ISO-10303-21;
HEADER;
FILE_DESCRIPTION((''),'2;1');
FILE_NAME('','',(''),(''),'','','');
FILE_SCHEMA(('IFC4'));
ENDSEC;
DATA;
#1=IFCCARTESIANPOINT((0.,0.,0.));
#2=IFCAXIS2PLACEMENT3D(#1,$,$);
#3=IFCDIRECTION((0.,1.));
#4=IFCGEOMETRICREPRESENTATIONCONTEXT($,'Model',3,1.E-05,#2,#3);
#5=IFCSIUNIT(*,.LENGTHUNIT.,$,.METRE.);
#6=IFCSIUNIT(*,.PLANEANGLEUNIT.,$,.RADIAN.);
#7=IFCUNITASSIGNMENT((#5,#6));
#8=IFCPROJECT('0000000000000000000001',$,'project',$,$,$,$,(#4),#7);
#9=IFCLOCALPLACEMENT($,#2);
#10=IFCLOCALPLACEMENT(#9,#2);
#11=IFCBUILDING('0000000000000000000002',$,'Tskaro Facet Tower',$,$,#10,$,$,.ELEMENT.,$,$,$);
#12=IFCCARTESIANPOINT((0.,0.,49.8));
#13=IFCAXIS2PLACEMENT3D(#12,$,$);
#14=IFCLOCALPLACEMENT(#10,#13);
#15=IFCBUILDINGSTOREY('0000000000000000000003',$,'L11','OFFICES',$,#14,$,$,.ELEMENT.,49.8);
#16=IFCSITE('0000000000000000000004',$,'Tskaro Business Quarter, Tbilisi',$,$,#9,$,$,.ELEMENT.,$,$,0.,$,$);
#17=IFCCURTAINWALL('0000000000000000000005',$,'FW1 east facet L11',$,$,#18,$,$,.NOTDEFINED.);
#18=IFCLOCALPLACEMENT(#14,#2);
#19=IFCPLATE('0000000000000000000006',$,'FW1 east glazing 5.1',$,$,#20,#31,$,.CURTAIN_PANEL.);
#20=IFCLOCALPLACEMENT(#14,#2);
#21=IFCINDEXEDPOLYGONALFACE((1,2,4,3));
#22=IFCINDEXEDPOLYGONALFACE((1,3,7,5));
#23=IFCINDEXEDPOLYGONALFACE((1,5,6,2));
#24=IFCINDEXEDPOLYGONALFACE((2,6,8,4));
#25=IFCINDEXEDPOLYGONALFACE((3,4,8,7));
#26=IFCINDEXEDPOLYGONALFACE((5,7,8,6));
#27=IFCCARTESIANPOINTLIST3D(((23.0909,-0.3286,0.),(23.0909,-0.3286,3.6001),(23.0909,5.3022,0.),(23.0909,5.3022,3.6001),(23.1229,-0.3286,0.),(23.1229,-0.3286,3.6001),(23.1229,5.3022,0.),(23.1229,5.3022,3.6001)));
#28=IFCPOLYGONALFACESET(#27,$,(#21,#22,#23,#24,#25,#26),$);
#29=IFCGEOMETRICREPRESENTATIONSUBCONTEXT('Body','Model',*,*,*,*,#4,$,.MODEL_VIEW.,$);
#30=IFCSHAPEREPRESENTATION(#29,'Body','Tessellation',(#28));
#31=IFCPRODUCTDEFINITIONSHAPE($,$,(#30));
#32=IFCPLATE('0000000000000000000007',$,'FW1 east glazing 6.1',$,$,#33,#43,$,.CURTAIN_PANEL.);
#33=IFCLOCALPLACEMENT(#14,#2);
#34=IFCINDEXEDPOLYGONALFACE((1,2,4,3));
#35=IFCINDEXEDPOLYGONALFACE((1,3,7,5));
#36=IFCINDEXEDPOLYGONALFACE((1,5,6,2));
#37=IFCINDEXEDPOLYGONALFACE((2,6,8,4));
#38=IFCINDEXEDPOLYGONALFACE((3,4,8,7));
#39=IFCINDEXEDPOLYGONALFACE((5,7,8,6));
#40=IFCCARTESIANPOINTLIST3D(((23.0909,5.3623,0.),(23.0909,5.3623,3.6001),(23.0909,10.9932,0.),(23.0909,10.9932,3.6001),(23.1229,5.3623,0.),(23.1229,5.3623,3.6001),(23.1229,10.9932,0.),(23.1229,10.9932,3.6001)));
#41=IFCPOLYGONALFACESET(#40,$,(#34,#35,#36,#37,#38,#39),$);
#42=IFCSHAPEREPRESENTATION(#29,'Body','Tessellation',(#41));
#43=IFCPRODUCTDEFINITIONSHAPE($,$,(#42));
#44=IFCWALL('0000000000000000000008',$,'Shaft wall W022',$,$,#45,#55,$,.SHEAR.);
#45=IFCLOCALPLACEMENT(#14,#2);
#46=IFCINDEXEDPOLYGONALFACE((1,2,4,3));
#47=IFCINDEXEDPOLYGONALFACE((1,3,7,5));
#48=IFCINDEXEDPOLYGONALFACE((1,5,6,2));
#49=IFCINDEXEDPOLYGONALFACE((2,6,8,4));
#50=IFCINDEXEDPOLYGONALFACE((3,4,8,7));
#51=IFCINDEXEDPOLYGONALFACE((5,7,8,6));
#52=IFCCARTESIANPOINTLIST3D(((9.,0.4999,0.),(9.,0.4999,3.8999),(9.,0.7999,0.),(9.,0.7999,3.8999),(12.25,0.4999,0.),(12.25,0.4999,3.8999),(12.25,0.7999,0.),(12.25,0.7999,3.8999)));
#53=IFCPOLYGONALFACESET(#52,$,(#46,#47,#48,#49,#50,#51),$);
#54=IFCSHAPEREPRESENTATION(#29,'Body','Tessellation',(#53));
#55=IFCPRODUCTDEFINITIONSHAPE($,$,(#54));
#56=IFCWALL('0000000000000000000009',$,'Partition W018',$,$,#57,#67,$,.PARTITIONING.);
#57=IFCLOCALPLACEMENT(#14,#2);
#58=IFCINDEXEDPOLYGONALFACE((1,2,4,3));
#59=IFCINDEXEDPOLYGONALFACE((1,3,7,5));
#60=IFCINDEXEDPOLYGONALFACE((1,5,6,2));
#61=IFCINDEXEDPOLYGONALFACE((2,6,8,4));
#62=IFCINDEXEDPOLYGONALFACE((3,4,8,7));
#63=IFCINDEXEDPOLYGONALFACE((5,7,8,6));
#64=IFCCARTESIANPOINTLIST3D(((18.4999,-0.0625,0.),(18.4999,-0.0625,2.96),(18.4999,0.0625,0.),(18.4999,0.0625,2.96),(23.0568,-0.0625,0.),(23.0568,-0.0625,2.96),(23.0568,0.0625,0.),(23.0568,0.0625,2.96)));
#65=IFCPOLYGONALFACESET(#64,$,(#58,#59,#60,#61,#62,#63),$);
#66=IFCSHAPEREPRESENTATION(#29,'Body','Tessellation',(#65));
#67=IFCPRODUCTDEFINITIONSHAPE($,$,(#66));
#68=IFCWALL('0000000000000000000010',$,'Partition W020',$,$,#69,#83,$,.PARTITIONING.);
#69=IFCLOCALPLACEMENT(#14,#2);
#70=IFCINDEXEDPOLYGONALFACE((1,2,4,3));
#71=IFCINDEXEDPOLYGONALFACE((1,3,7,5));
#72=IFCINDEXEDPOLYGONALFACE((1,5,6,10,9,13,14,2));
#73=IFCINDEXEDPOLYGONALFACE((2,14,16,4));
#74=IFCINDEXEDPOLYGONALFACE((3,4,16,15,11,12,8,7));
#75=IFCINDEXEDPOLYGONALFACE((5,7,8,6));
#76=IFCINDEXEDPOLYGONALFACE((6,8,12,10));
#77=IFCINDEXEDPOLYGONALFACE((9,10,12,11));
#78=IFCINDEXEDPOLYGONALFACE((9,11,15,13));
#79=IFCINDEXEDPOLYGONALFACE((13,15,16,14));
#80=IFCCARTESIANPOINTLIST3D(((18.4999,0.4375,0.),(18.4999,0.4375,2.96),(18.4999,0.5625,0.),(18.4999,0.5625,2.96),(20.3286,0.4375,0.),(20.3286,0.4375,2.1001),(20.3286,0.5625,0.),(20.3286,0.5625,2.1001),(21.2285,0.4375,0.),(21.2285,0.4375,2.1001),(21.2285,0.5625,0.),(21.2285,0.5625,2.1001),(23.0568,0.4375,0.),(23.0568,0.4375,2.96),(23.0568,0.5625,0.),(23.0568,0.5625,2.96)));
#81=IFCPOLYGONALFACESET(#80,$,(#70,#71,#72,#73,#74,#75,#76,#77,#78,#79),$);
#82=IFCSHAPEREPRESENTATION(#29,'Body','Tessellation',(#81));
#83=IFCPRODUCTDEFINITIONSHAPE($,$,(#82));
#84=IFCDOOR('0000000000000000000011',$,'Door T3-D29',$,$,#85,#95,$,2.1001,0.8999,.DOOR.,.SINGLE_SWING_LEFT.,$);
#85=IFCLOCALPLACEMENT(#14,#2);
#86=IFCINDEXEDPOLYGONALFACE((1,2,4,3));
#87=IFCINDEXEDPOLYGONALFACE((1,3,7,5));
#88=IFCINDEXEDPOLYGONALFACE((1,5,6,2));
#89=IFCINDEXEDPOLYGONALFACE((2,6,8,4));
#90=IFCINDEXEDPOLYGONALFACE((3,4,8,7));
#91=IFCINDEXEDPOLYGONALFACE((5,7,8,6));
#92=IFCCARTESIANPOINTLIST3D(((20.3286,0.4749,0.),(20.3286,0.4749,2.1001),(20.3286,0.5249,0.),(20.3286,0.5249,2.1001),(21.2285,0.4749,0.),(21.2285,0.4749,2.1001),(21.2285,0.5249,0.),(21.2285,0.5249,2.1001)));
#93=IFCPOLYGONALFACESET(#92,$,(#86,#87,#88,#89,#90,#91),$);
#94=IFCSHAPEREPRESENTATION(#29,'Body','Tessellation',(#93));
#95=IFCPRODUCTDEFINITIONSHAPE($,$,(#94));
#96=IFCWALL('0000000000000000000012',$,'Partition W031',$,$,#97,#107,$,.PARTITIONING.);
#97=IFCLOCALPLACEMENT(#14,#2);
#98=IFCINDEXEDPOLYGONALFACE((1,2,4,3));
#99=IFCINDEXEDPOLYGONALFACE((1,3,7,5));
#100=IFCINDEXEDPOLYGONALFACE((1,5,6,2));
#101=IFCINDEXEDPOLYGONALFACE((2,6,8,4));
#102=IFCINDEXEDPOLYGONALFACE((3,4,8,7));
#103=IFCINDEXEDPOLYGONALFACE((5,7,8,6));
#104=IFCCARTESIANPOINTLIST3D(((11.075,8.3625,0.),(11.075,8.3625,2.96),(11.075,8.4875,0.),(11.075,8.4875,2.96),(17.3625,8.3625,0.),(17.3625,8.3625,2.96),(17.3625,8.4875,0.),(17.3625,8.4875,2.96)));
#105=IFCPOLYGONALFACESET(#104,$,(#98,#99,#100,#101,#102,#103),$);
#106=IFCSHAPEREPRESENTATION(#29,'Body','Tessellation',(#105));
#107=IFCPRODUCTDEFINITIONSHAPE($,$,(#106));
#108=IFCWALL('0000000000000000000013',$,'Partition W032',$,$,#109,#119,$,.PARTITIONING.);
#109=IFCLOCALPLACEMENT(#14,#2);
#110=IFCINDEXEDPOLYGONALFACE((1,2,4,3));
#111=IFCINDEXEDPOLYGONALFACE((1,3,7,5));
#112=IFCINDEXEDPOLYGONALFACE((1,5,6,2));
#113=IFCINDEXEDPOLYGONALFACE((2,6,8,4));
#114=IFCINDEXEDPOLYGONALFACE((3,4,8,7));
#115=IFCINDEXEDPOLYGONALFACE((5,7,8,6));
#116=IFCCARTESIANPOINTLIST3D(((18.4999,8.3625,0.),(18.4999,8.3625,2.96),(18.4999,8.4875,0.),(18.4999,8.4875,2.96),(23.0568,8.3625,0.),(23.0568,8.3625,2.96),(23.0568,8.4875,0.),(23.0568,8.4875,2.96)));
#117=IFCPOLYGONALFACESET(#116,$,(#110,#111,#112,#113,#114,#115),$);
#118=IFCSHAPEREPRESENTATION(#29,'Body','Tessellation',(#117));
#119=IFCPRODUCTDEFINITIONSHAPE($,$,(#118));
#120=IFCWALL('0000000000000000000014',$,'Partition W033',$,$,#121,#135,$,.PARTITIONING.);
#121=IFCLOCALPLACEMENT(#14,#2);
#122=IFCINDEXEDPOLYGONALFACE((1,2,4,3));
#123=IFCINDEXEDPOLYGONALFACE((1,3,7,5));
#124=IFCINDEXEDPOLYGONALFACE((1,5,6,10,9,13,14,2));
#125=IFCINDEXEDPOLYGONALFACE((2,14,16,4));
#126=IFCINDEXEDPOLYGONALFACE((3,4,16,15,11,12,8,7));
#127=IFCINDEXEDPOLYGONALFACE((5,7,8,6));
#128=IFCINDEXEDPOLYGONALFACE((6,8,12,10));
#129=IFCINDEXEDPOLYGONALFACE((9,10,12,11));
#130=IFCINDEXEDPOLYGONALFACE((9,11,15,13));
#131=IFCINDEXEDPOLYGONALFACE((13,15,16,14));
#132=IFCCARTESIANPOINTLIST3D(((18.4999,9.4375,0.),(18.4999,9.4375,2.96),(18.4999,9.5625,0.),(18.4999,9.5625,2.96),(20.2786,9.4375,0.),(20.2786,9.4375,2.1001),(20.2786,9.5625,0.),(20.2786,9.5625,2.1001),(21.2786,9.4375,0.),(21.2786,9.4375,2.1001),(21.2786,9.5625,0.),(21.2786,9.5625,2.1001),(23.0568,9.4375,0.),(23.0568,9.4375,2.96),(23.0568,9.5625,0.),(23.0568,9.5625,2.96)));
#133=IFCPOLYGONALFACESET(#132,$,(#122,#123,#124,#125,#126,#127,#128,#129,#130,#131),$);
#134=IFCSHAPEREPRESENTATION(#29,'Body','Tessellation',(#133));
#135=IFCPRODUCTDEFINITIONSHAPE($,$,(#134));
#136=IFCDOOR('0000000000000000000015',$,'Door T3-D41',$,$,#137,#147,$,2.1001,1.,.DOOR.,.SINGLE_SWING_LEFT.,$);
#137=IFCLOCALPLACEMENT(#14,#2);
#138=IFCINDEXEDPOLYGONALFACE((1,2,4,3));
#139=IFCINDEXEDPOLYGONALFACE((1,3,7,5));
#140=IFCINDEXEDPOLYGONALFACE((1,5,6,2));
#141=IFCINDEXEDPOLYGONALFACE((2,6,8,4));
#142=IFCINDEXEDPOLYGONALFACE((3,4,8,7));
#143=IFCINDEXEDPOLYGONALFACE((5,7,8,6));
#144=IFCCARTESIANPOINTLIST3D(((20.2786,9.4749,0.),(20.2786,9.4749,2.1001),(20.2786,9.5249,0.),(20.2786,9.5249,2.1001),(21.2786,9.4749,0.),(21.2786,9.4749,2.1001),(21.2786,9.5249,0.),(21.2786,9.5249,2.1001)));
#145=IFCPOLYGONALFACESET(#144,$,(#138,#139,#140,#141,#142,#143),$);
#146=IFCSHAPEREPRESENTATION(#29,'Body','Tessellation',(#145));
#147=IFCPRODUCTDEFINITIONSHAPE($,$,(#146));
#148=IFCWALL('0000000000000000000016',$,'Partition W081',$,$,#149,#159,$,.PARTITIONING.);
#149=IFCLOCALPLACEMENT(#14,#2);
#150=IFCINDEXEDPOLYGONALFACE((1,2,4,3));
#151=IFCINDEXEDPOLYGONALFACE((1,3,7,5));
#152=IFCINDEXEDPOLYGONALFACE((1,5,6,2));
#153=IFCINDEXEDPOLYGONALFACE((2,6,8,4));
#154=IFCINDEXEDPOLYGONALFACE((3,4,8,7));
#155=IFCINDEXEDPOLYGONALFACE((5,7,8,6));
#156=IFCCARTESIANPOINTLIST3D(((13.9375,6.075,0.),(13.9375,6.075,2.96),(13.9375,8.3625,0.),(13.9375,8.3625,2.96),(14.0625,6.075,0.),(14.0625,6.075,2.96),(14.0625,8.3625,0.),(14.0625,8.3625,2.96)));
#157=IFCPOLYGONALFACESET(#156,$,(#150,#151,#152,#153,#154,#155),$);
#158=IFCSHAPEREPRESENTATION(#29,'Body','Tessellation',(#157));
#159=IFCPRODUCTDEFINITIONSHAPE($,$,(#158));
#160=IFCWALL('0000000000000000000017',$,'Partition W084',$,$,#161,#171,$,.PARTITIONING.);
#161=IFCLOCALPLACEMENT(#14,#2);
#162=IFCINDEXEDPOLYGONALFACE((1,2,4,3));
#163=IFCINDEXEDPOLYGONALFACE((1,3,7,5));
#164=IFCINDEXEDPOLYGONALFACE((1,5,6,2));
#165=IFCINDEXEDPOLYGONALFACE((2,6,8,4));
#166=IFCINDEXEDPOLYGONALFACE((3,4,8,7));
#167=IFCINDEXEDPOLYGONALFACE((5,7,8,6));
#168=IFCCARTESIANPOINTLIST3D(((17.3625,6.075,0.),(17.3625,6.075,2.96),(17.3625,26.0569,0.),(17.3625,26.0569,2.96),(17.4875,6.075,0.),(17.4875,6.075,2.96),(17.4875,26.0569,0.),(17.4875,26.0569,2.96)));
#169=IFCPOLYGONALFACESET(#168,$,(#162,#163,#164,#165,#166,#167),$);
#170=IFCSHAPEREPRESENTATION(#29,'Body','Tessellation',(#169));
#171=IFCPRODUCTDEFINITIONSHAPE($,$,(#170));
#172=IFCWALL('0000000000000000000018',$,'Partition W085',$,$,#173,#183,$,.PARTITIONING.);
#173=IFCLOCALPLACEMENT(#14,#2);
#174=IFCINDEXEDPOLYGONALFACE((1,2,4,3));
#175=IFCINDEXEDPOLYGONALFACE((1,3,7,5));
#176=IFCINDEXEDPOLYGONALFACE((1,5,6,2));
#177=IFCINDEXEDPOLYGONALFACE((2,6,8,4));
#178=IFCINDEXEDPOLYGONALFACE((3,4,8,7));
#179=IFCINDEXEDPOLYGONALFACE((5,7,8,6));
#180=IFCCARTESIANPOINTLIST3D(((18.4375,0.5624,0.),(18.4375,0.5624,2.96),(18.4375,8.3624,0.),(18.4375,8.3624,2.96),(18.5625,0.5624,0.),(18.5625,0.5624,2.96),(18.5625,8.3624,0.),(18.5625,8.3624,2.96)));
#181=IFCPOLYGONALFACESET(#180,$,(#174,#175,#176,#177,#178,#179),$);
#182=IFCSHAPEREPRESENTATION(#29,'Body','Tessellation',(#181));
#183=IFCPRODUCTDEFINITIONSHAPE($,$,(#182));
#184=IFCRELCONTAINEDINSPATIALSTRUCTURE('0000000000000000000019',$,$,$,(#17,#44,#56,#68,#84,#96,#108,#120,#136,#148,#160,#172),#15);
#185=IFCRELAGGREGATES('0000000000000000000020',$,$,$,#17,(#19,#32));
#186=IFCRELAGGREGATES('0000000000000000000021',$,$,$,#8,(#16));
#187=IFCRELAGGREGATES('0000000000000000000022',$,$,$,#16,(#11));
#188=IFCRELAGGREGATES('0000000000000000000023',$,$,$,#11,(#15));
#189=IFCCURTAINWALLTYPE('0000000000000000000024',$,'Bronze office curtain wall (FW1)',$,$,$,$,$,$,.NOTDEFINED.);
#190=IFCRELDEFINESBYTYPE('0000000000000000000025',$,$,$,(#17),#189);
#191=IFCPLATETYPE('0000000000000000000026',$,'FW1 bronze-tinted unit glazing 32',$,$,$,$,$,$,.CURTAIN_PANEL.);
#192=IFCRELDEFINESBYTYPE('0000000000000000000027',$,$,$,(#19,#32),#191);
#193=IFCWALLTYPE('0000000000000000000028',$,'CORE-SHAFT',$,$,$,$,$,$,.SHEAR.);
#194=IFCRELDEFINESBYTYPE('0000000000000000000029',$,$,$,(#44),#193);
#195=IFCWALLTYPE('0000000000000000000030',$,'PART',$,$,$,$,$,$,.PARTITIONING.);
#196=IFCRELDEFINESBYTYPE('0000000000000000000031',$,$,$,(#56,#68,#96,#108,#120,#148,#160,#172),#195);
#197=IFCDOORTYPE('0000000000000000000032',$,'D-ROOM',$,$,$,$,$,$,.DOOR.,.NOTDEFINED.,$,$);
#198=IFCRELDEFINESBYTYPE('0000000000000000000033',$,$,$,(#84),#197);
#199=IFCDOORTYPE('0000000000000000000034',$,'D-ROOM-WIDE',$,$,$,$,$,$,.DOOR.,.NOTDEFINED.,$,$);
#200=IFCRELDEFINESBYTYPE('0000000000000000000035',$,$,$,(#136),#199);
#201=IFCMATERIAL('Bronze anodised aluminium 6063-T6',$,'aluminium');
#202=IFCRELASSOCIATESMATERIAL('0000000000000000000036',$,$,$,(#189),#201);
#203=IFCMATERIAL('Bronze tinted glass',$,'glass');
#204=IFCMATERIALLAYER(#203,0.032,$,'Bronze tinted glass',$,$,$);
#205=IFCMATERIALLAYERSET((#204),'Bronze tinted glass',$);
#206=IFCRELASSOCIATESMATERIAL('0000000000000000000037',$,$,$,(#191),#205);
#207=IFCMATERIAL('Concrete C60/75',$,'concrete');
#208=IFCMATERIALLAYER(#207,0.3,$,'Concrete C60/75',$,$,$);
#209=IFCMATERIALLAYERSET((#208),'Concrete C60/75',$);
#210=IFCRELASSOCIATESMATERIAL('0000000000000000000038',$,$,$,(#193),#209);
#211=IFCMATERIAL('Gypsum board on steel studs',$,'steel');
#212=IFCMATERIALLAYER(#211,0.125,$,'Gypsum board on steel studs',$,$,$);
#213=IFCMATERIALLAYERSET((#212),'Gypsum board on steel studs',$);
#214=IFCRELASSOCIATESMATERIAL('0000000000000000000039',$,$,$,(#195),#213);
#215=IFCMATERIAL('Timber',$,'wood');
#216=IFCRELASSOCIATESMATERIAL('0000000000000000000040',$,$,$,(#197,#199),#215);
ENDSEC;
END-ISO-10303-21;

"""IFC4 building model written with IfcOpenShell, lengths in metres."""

from ifc_helpers import new_model, si_unit, direction, frame, frame_2d, origin, origin_2d, place, context, subcontext, project, spatial, rectangle, extrude, material, layer, layer_set, type_object, element, fill, aggregate, save


model = new_model("IFC4")

# Units and contexts
model_context = context("Model", 3, precision=1e-05, world=origin(), true_north=direction((0.0, 1.0)))
body_context = subcontext(model_context, "Body", "Model", "MODEL_VIEW")
ifc_project = project(units=[si_unit("LENGTHUNIT", "METRE"), si_unit("PLANEANGLEUNIT", "RADIAN")], contexts=[model_context])

# Site, building, storey
site_placement = place(None, origin())
site = spatial("IfcSite", under=ifc_project, at=site_placement, Name="Tskaro Business Quarter, Tbilisi", CompositionType="ELEMENT", RefElevation=0.0)
building_placement = place(site_placement, origin())
building = spatial("IfcBuilding", under=site, at=building_placement, Name="Tskaro Facet Tower", CompositionType="ELEMENT")
storey_placement = place(building_placement, frame((0.0, 0.0, 49.8)))
storey = spatial("IfcBuildingStorey", under=building, at=storey_placement, Name="L11", Description="OFFICES", CompositionType="ELEMENT", Elevation=49.8)

# Curtain wall
ifc_material_1 = material(Name="Bronze anodised aluminium 6063-T6", Category="aluminium")
curtain_wall_type = type_object("IfcCurtainWallType", Name="Bronze office curtain wall (FW1)", PredefinedType="NOTDEFINED", material=ifc_material_1)
curtain_wall_placement = place(storey_placement, origin())
curtain_wall = element("IfcCurtainWall", 1, at=curtain_wall_placement, inside=storey, type_object=curtain_wall_type, Name="FW1 east facet L11", PredefinedType="NOTDEFINED")

# Plates
ifc_material_2 = material(Name="Bronze tinted glass", Category="glass")
ifc_layer_1 = layer(ifc_material_2, 0.032, Name="Bronze tinted glass")
ifc_layer_set_1 = layer_set([ifc_layer_1], Name="Bronze tinted glass")
plate_type = type_object("IfcPlateType", Name="FW1 bronze-tinted unit glazing 32", PredefinedType="CURTAIN_PANEL", material=ifc_layer_set_1)
plate_1_placement = place(storey_placement, frame((23.1069, 2.4868, 0.0), z_axis=(0.0, 0.0, 1.0), x_axis=(0.0, 1.0, 0.0)))
plate_1 = element("IfcPlate", 2, at=plate_1_placement, type_object=plate_type, Name="FW1 east glazing 5.1", PredefinedType="CURTAIN_PANEL", context=body_context, shape_type="SweptSolid", body=[
    extrude(rectangle(XDim=5.6309, YDim=0.032, at=origin_2d()), origin(), (0.0, 0.0, 1.0), 3.6001),
])
plate_2_placement = place(storey_placement, frame((23.1069, 8.1777, 0.0), z_axis=(0.0, 0.0, 1.0), x_axis=(0.0, 1.0, 0.0)))
plate_2 = element("IfcPlate", 3, at=plate_2_placement, type_object=plate_type, Name="FW1 east glazing 6.1", PredefinedType="CURTAIN_PANEL", context=body_context, shape_type="SweptSolid", body=[
    extrude(rectangle(XDim=5.6309, YDim=0.032, at=origin_2d()), origin(), (0.0, 0.0, 1.0), 3.6001),
])
aggregate(curtain_wall, [plate_1, plate_2])

# Walls
ifc_material_3 = material(Name="Concrete C60/75", Category="concrete")
ifc_layer_2 = layer(ifc_material_3, 0.3, Name="Concrete C60/75")
ifc_layer_set_2 = layer_set([ifc_layer_2], Name="Concrete C60/75")
wall_type_1 = type_object("IfcWallType", Name="CORE-SHAFT", PredefinedType="SHEAR", material=ifc_layer_set_2)
wall_1_placement = place(storey_placement, frame((12.25, 0.6499, 0.0), z_axis=(0.0, 0.0, 1.0), x_axis=(-1.0, 0.0, 0.0)))
element("IfcWall", 4, at=wall_1_placement, inside=storey, type_object=wall_type_1, Name="Shaft wall W022", PredefinedType="SHEAR", context=body_context, shape_type="SweptSolid", body=[
    extrude(rectangle(XDim=3.25, YDim=0.3, at=frame_2d((1.625, 0.0))), origin(), (0.0, 0.0, 1.0), 3.8999),
])
ifc_material_4 = material(Name="Gypsum board on steel studs", Category="steel")
ifc_layer_3 = layer(ifc_material_4, 0.125, Name="Gypsum board on steel studs")
ifc_layer_set_3 = layer_set([ifc_layer_3], Name="Gypsum board on steel studs")
wall_type_2 = type_object("IfcWallType", Name="PART", PredefinedType="PARTITIONING", material=ifc_layer_set_3)
wall_2_placement = place(storey_placement, frame((18.5, 0.0, 0.0), z_axis=(0.0, 0.0, 1.0), x_axis=(1.0, 0.0, 0.0)))
element("IfcWall", 5, at=wall_2_placement, inside=storey, type_object=wall_type_2, Name="Partition W018", PredefinedType="PARTITIONING", context=body_context, shape_type="SweptSolid", body=[
    extrude(rectangle(XDim=4.5569, YDim=0.125, at=frame_2d((2.2783, 0.0))), origin(), (0.0, 0.0, 1.0), 2.96),
])

# Wall, opening, door
wall_3_placement = place(storey_placement, frame((18.5, 0.5, 0.0), z_axis=(0.0, 0.0, 1.0), x_axis=(1.0, 0.0, 0.0)))
wall_3 = element("IfcWall", 6, at=wall_3_placement, inside=storey, type_object=wall_type_2, Name="Partition W020", PredefinedType="PARTITIONING", context=body_context, shape_type="SweptSolid", body=[
    extrude(rectangle(XDim=4.5569, YDim=0.125, at=frame_2d((2.2783, 0.0))), origin(), (0.0, 0.0, 1.0), 2.96),
])
opening_1_placement = place(wall_3_placement, frame((1.8286, 0.0, 0.0)))
opening_1 = element("IfcOpeningElement", 7, at=opening_1_placement, cuts=wall_3, PredefinedType="OPENING", context=body_context, shape_type="SweptSolid", body=[
    extrude(rectangle(XDim=0.8999, YDim=2.1001, at=frame_2d((0.45, 1.05))), frame((0.0, 0.0725, 0.0), z_axis=(0.0, -1.0, 0.0), x_axis=(1.0, 0.0, 0.0)), (0.0, 0.0, 1.0), 0.145),
])
ifc_material_5 = material(Name="Timber", Category="wood")
door_type_1 = type_object("IfcDoorType", Name="D-ROOM", OperationType="NOTDEFINED", PredefinedType="DOOR", material=ifc_material_5)
door_1_placement = place(opening_1_placement, origin())
door_1 = element("IfcDoor", 8, at=door_1_placement, inside=storey, type_object=door_type_1, Name="Door T3-D29", OperationType="SINGLE_SWING_LEFT", OverallHeight=2.1001, OverallWidth=0.8999, PredefinedType="DOOR", context=body_context, shape_type="SweptSolid", body=[
    extrude(rectangle(XDim=0.8999, YDim=2.1001, at=frame_2d((0.45, 1.05))), frame((0.0, 0.0249, 0.0), z_axis=(0.0, -1.0, 0.0), x_axis=(1.0, 0.0, 0.0)), (0.0, 0.0, 1.0), 0.05),
])
fill(opening_1, door_1)

# Walls
wall_4_placement = place(storey_placement, frame((11.075, 8.425, 0.0), z_axis=(0.0, 0.0, 1.0), x_axis=(1.0, 0.0, 0.0)))
element("IfcWall", 9, at=wall_4_placement, inside=storey, type_object=wall_type_2, Name="Partition W031", PredefinedType="PARTITIONING", context=body_context, shape_type="SweptSolid", body=[
    extrude(rectangle(XDim=6.2876, YDim=0.125, at=frame_2d((3.1438, 0.0))), origin(), (0.0, 0.0, 1.0), 2.96),
])
wall_5_placement = place(storey_placement, frame((18.5, 8.425, 0.0), z_axis=(0.0, 0.0, 1.0), x_axis=(1.0, 0.0, 0.0)))
element("IfcWall", 10, at=wall_5_placement, inside=storey, type_object=wall_type_2, Name="Partition W032", PredefinedType="PARTITIONING", context=body_context, shape_type="SweptSolid", body=[
    extrude(rectangle(XDim=4.5569, YDim=0.125, at=frame_2d((2.2783, 0.0))), origin(), (0.0, 0.0, 1.0), 2.96),
])

# Wall, opening, door
wall_6_placement = place(storey_placement, frame((18.5, 9.5, 0.0), z_axis=(0.0, 0.0, 1.0), x_axis=(1.0, 0.0, 0.0)))
wall_6 = element("IfcWall", 11, at=wall_6_placement, inside=storey, type_object=wall_type_2, Name="Partition W033", PredefinedType="PARTITIONING", context=body_context, shape_type="SweptSolid", body=[
    extrude(rectangle(XDim=4.5569, YDim=0.125, at=frame_2d((2.2783, 0.0))), origin(), (0.0, 0.0, 1.0), 2.96),
])
opening_2_placement = place(wall_6_placement, frame((1.7786, 0.0, 0.0)))
opening_2 = element("IfcOpeningElement", 12, at=opening_2_placement, cuts=wall_6, PredefinedType="OPENING", context=body_context, shape_type="SweptSolid", body=[
    extrude(rectangle(XDim=1.0, YDim=2.1001, at=frame_2d((0.5, 1.05))), frame((0.0, 0.0725, 0.0), z_axis=(0.0, -1.0, 0.0), x_axis=(1.0, 0.0, 0.0)), (0.0, 0.0, 1.0), 0.145),
])
door_type_2 = type_object("IfcDoorType", Name="D-ROOM-WIDE", OperationType="NOTDEFINED", PredefinedType="DOOR", material=ifc_material_5)
door_2_placement = place(opening_2_placement, origin())
door_2 = element("IfcDoor", 13, at=door_2_placement, inside=storey, type_object=door_type_2, Name="Door T3-D41", OperationType="SINGLE_SWING_LEFT", OverallHeight=2.1001, OverallWidth=1.0, PredefinedType="DOOR", context=body_context, shape_type="SweptSolid", body=[
    extrude(rectangle(XDim=1.0, YDim=2.1001, at=frame_2d((0.5, 1.05))), frame((0.0, 0.0249, 0.0), z_axis=(0.0, -1.0, 0.0), x_axis=(1.0, 0.0, 0.0)), (0.0, 0.0, 1.0), 0.05),
])
fill(opening_2, door_2)

# Walls
wall_7_placement = place(storey_placement, frame((14.0, 6.075, 0.0), z_axis=(0.0, 0.0, 1.0), x_axis=(0.0, 1.0, 0.0)))
element("IfcWall", 14, at=wall_7_placement, inside=storey, type_object=wall_type_2, Name="Partition W081", PredefinedType="PARTITIONING", context=body_context, shape_type="SweptSolid", body=[
    extrude(rectangle(XDim=2.2876, YDim=0.125, at=frame_2d((1.1438, 0.0))), origin(), (0.0, 0.0, 1.0), 2.96),
])
wall_8_placement = place(storey_placement, frame((17.425, 6.075, 0.0), z_axis=(0.0, 0.0, 1.0), x_axis=(0.0, 1.0, 0.0)))
element("IfcWall", 15, at=wall_8_placement, inside=storey, type_object=wall_type_2, Name="Partition W084", PredefinedType="PARTITIONING", context=body_context, shape_type="SweptSolid", body=[
    extrude(rectangle(XDim=19.9819, YDim=0.125, at=frame_2d((9.991, 0.0))), origin(), (0.0, 0.0, 1.0), 2.96),
])
wall_9_placement = place(storey_placement, frame((18.5, 0.5625, 0.0), z_axis=(0.0, 0.0, 1.0), x_axis=(0.0, 1.0, 0.0)))
element("IfcWall", 16, at=wall_9_placement, inside=storey, type_object=wall_type_2, Name="Partition W085", PredefinedType="PARTITIONING", context=body_context, shape_type="SweptSolid", body=[
    extrude(rectangle(XDim=7.8, YDim=0.125, at=frame_2d((3.8999, 0.0))), origin(), (0.0, 0.0, 1.0), 2.96),
])

save(model, "model.ifc")
